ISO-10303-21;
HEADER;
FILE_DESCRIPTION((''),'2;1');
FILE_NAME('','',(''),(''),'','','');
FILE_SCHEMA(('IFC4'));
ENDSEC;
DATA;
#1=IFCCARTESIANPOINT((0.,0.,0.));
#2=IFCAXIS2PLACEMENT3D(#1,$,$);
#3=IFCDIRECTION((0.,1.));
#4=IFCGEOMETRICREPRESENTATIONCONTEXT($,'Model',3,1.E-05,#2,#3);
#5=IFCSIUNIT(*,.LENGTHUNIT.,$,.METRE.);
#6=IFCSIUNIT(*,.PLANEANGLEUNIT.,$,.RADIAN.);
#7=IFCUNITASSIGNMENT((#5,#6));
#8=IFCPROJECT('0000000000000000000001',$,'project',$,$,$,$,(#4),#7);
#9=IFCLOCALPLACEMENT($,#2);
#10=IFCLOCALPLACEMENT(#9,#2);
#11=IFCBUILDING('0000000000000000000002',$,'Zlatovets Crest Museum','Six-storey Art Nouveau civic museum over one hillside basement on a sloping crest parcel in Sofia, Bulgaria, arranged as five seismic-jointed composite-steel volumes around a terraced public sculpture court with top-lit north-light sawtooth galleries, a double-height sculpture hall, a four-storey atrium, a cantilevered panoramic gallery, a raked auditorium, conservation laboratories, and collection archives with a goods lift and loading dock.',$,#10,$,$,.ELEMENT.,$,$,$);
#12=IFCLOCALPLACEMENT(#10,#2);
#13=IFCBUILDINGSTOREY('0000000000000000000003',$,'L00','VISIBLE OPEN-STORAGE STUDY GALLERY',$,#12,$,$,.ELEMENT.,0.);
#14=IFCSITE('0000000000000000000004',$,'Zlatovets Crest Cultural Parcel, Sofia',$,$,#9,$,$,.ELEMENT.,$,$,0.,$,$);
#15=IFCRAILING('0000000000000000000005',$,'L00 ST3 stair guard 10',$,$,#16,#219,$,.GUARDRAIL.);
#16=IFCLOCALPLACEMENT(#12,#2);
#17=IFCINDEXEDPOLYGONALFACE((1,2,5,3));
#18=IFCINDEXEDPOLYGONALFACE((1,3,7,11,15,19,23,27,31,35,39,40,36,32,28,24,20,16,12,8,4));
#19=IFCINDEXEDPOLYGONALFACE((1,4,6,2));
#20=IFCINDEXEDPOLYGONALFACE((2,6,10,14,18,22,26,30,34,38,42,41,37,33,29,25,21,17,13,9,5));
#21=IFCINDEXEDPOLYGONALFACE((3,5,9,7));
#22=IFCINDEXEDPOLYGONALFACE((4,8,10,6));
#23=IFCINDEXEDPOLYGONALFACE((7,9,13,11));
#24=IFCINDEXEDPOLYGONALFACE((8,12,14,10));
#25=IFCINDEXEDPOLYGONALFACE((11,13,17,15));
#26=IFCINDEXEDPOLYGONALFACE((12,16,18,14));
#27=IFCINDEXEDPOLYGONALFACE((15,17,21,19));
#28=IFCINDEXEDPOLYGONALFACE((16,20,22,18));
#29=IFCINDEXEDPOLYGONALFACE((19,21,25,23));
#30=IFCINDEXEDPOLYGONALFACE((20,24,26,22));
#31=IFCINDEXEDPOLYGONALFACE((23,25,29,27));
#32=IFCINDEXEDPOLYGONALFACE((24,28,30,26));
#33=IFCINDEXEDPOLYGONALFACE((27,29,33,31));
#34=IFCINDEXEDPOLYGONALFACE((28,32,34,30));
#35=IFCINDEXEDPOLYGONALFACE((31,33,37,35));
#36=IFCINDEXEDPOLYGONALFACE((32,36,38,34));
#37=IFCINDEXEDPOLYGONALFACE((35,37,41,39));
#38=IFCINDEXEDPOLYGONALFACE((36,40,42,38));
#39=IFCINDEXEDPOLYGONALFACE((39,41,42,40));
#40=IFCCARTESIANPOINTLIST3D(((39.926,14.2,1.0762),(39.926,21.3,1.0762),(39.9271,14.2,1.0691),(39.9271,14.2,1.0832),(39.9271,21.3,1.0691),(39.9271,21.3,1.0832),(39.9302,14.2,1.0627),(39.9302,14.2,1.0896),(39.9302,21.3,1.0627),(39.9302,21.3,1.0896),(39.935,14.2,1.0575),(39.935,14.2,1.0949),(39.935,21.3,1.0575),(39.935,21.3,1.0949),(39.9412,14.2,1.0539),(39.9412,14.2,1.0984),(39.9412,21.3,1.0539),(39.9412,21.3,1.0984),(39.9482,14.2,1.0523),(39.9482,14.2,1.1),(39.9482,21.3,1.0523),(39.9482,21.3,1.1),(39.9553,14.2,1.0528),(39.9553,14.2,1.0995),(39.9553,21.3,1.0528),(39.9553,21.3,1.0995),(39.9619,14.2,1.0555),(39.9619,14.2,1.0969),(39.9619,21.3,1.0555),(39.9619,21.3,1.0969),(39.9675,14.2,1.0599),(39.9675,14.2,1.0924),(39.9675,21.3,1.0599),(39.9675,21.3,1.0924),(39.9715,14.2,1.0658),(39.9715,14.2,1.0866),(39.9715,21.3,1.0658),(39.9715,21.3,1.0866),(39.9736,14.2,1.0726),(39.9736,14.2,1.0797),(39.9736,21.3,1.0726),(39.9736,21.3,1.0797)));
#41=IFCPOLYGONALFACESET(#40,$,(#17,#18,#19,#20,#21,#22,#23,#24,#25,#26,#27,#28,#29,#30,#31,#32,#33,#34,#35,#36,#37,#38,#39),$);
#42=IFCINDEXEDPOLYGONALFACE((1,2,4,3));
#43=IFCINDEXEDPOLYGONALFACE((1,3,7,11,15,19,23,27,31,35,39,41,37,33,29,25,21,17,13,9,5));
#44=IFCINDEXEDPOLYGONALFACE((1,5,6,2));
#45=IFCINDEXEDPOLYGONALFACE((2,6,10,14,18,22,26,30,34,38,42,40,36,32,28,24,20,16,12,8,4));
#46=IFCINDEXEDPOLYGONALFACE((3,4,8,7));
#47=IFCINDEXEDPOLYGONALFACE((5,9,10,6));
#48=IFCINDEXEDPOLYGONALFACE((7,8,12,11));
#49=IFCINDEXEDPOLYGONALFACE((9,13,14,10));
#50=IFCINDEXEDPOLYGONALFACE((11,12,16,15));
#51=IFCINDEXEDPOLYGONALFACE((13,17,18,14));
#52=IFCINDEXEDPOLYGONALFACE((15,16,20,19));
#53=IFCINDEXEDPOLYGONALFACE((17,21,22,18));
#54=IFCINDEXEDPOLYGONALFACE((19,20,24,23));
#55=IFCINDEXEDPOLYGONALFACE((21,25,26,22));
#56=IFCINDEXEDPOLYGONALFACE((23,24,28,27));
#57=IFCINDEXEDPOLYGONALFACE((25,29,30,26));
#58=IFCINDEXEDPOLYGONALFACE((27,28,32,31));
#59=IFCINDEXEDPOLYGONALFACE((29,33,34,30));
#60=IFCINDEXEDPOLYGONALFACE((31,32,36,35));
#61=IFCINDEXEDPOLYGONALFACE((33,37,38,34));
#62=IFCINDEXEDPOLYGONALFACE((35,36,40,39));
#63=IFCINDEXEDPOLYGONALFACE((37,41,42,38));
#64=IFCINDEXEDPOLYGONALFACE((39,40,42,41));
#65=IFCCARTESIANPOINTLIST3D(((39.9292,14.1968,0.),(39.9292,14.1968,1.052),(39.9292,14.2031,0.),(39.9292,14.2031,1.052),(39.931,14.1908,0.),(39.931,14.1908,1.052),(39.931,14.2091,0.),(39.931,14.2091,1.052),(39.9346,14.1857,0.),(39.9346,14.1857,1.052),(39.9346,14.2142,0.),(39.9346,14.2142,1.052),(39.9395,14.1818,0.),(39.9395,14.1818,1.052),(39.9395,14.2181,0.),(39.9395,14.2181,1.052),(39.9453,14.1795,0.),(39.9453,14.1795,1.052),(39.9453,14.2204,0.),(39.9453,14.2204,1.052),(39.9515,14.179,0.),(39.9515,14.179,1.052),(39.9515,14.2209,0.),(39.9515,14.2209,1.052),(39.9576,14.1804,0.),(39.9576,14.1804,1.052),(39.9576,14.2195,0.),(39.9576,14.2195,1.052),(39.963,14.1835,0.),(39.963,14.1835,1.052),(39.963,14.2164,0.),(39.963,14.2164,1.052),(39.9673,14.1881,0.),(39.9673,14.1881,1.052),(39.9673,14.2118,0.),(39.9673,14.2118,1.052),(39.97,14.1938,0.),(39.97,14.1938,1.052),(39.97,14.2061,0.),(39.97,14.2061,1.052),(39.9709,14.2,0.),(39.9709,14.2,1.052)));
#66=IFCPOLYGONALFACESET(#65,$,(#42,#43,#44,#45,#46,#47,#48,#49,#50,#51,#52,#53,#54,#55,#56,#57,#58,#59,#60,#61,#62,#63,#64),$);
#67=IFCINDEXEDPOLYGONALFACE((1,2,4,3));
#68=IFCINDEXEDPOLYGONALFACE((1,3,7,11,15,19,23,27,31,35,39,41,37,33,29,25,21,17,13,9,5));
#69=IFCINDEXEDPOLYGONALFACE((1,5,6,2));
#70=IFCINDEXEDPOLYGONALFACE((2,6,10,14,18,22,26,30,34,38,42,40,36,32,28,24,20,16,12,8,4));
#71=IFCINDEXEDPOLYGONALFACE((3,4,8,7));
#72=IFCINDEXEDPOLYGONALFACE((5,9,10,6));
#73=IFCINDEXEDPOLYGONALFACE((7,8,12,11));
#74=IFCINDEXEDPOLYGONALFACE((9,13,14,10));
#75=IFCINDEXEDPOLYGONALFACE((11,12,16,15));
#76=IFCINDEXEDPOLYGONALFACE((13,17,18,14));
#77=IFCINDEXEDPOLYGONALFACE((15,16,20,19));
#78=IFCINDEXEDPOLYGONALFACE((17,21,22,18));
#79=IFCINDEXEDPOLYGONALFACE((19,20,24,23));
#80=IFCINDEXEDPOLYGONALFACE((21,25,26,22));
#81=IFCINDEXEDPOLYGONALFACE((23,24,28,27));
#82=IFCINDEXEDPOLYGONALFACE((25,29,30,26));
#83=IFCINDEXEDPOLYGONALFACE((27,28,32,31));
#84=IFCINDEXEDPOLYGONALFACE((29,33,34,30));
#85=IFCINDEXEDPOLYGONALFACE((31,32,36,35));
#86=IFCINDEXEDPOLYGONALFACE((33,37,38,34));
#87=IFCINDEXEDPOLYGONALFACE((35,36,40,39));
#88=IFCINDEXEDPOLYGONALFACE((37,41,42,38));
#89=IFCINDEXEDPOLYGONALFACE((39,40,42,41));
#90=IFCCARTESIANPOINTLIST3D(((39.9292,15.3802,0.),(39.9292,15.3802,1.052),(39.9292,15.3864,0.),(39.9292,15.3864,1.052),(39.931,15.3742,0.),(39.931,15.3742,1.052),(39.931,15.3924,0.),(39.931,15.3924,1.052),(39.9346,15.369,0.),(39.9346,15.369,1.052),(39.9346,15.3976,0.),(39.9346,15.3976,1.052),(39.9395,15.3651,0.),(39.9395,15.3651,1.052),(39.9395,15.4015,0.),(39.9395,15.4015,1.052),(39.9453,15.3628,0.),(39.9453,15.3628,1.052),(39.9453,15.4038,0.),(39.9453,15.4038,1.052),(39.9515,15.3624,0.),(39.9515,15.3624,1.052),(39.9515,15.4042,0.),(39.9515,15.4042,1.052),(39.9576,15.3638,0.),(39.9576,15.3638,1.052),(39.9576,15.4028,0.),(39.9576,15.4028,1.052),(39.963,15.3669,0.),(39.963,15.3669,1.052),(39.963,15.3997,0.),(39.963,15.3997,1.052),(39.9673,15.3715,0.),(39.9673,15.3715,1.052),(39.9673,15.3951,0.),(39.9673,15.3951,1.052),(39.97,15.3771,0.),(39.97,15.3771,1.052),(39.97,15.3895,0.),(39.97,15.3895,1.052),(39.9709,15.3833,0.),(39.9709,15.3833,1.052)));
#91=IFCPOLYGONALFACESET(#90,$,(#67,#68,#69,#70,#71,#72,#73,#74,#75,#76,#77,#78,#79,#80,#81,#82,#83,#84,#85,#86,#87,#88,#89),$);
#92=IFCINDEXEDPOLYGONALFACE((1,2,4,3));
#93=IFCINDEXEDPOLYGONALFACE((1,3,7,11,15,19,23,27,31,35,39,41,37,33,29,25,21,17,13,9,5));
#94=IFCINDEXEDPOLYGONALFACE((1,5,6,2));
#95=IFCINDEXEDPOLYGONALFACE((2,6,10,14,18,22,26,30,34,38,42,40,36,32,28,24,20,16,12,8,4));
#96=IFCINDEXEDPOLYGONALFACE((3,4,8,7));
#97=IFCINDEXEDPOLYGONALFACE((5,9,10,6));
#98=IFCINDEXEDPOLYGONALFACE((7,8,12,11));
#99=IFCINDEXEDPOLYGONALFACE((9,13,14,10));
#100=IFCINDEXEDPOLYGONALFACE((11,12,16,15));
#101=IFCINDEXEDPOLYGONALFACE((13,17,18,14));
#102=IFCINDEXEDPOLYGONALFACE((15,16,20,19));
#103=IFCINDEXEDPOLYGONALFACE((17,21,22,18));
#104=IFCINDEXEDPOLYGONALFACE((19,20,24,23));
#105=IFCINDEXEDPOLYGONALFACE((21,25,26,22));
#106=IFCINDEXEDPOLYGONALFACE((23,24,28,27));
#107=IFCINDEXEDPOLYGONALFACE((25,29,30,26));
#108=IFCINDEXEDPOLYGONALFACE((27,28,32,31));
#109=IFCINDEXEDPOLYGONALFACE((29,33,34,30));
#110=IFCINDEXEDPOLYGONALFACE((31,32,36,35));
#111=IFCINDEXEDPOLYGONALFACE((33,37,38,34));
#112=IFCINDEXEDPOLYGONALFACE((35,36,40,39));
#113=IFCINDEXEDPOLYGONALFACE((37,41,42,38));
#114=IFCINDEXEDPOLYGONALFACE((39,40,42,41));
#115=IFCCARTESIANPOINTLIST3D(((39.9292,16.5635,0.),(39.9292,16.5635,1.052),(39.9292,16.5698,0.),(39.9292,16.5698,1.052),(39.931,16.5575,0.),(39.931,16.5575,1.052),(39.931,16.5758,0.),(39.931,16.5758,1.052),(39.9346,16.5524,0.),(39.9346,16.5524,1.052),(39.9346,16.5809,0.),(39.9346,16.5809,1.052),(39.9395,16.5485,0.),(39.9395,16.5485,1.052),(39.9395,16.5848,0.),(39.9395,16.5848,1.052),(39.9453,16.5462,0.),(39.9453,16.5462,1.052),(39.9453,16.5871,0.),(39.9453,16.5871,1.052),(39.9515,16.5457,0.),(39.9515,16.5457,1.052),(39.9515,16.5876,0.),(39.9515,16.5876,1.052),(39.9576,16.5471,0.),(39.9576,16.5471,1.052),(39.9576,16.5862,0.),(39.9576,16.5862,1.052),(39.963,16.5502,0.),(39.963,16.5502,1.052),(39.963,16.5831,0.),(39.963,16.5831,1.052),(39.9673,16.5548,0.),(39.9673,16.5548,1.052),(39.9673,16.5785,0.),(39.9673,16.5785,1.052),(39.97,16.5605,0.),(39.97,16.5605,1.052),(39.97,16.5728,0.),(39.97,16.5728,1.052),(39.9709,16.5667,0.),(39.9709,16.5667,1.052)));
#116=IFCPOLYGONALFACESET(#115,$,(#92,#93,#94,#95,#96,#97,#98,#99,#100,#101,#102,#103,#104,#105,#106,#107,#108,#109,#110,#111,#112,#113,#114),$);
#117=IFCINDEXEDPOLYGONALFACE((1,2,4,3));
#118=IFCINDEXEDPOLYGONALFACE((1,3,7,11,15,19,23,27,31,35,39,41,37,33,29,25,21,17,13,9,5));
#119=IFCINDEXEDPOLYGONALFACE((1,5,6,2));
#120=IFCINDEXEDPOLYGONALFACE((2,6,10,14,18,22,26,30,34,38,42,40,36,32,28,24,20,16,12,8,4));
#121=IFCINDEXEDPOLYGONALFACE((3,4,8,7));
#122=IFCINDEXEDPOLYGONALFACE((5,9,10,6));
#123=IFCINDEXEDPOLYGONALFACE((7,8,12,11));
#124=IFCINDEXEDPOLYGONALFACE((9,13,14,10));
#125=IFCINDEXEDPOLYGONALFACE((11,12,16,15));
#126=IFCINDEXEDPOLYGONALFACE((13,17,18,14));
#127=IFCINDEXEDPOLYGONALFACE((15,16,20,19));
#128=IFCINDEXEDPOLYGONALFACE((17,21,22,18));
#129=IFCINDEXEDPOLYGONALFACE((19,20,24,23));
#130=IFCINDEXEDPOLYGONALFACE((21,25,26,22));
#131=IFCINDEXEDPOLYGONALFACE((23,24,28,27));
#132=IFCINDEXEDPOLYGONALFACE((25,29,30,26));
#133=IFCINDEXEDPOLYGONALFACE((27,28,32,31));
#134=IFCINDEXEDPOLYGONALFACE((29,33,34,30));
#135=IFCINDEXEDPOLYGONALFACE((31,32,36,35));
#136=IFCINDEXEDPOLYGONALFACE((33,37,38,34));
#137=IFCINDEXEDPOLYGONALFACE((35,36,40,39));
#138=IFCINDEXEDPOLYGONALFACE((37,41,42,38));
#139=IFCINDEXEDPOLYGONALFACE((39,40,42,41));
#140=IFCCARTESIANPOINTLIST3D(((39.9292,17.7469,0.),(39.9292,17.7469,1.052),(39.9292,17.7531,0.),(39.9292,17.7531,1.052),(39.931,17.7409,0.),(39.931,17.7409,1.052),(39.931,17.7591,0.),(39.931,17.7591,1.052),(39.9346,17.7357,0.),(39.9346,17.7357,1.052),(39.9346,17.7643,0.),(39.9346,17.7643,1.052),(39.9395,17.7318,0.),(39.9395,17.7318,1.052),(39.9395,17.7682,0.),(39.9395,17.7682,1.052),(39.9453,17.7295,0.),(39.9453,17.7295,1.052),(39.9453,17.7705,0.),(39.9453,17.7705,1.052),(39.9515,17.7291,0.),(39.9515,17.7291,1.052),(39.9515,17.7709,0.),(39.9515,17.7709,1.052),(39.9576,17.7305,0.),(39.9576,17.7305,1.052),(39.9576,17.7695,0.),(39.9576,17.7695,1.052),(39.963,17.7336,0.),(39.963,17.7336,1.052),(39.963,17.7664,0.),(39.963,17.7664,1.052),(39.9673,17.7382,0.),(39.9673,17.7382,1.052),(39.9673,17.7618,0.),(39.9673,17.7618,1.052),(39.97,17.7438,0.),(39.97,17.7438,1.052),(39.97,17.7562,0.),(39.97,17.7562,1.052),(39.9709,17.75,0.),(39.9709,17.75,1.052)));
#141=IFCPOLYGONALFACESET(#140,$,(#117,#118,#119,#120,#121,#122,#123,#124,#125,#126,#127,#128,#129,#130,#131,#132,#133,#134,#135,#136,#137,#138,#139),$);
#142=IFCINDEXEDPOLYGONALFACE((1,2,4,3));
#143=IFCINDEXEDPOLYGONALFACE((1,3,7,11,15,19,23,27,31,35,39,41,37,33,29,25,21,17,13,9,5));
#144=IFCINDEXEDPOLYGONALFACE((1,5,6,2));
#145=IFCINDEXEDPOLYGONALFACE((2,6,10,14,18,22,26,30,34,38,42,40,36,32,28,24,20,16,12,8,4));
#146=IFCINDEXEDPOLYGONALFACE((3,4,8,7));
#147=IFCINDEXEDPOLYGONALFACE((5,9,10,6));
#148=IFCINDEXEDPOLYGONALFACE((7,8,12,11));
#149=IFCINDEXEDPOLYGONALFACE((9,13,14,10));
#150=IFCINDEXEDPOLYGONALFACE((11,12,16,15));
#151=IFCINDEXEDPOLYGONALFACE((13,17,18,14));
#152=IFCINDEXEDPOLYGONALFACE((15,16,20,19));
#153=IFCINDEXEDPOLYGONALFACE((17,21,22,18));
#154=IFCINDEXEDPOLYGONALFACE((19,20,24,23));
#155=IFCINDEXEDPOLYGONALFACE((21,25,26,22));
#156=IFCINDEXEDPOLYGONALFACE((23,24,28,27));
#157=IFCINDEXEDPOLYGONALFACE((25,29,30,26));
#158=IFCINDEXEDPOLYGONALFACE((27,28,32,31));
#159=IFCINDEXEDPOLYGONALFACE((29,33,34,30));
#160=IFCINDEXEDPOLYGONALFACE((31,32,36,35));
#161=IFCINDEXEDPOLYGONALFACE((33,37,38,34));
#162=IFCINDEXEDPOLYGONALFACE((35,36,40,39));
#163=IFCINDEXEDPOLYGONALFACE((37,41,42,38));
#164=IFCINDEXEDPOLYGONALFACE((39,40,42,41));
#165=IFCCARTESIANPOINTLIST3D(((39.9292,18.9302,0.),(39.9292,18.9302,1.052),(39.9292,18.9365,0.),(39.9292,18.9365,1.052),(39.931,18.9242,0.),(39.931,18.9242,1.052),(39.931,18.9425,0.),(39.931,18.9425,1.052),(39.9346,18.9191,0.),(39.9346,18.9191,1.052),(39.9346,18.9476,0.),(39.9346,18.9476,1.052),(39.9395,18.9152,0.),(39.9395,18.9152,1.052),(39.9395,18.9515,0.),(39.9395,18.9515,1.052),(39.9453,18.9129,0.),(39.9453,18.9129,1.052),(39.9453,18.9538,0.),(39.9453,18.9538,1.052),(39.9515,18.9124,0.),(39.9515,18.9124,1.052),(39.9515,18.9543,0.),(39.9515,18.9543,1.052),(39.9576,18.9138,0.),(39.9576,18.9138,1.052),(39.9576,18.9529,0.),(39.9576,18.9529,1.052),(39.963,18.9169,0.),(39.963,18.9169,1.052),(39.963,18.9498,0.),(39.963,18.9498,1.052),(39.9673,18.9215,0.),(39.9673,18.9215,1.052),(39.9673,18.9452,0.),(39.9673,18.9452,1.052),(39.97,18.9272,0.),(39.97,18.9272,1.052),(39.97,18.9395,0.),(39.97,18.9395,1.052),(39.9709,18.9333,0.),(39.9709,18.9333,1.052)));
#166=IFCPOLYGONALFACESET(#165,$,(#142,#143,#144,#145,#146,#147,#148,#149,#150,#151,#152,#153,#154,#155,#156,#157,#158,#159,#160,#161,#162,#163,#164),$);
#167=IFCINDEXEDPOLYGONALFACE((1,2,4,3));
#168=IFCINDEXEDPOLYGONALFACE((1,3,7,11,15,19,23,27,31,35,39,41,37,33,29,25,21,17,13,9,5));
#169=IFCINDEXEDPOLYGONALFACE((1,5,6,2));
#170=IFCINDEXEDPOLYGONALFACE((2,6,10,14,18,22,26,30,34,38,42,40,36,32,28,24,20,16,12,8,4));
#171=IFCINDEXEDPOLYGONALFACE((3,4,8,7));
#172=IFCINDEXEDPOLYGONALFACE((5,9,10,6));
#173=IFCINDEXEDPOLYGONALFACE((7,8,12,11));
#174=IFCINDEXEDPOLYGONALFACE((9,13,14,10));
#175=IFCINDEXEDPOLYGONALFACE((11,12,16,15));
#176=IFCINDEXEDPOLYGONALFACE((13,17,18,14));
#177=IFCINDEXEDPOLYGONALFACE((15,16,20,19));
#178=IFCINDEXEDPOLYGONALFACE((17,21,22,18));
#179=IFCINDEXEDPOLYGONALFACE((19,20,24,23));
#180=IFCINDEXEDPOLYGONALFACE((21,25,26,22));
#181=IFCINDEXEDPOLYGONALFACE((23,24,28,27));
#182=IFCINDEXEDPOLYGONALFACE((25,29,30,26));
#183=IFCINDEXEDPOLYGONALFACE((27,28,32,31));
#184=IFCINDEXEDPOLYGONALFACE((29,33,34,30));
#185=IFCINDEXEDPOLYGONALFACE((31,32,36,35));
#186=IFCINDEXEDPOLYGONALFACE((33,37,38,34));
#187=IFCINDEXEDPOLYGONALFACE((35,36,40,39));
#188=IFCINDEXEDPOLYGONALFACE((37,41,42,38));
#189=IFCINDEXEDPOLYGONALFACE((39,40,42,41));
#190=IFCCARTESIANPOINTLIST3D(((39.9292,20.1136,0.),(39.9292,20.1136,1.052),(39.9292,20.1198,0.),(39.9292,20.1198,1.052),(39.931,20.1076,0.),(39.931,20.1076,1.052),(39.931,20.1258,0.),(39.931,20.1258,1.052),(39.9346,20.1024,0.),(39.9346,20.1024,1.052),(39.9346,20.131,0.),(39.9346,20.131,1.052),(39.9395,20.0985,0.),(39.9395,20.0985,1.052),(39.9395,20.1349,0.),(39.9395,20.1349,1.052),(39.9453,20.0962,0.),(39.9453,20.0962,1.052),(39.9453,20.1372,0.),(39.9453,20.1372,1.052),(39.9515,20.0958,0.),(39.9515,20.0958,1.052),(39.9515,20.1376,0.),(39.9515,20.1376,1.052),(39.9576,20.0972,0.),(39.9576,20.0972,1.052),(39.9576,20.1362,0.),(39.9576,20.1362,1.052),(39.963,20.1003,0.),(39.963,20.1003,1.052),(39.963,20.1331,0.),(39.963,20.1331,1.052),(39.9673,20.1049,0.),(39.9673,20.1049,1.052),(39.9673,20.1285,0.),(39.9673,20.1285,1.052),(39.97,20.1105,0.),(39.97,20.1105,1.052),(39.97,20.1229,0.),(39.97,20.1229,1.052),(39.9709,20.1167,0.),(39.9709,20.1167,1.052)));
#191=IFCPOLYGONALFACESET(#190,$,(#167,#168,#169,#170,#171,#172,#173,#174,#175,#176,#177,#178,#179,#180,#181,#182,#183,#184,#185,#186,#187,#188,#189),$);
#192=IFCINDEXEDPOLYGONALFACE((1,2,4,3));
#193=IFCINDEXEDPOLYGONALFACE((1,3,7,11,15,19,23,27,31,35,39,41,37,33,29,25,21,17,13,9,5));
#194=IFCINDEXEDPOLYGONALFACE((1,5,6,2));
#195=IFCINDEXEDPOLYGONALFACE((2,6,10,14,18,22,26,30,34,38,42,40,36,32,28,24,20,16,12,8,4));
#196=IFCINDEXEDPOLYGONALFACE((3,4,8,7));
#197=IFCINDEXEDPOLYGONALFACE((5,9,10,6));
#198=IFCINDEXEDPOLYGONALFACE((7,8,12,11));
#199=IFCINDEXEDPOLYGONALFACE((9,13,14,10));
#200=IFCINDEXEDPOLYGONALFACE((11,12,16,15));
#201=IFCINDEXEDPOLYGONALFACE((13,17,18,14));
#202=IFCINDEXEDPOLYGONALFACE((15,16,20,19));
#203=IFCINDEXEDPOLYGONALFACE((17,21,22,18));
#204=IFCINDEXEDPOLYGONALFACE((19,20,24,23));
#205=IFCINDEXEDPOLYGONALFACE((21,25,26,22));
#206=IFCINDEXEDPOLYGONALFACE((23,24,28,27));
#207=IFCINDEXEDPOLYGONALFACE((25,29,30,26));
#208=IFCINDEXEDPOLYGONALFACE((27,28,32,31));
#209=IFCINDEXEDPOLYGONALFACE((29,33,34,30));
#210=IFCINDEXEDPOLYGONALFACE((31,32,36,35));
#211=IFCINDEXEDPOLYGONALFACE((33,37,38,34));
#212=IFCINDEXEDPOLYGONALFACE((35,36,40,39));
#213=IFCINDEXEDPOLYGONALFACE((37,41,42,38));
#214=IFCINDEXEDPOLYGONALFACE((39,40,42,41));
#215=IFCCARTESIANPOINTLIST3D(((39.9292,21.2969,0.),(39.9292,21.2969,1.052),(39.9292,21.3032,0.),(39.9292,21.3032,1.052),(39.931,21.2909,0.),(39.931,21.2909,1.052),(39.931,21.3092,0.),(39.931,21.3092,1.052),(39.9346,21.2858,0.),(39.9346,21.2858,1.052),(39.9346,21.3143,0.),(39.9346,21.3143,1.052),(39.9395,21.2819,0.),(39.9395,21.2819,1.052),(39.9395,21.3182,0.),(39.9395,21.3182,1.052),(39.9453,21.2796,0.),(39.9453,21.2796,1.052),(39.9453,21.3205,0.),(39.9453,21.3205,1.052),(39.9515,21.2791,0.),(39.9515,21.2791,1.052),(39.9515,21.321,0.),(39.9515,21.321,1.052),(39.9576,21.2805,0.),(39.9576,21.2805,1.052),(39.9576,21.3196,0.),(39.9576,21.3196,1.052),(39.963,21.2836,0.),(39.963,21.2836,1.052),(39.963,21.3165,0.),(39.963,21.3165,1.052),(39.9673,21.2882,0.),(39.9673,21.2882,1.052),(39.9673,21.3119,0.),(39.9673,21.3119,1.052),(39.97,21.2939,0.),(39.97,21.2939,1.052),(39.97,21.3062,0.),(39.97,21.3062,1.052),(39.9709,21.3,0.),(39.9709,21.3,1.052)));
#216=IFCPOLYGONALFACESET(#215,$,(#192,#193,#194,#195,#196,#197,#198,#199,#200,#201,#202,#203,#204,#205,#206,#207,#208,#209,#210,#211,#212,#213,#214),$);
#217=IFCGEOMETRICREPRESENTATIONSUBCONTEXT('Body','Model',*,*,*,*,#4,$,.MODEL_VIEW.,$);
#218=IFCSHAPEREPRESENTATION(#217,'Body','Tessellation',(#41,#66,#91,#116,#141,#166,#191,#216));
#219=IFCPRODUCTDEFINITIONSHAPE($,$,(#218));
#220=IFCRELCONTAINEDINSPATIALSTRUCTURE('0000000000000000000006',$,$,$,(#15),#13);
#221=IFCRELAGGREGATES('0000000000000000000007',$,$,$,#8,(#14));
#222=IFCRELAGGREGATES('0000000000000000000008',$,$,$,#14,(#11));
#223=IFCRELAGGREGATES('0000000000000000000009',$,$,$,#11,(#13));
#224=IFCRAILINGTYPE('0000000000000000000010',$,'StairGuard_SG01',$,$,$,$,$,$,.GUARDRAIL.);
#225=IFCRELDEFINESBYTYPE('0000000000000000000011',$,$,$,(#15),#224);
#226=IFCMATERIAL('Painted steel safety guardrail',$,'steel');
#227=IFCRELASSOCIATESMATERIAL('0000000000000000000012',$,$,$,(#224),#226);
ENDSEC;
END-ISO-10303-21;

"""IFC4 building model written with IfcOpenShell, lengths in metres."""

from ifc_helpers import new_model, si_unit, direction, frame, origin, origin_2d, place, context, subcontext, project, spatial, circle, extrude, material, type_object, element, save


model = new_model("IFC4")

# Units and contexts
model_context = context("Model", 3, precision=1e-05, world=origin(), true_north=direction((0.0, 1.0)))
body_context = subcontext(model_context, "Body", "Model", "MODEL_VIEW")
ifc_project = project(units=[si_unit("LENGTHUNIT", "METRE"), si_unit("PLANEANGLEUNIT", "RADIAN")], contexts=[model_context])

# Site, building, storey
site_placement = place(None, origin())
site = spatial("IfcSite", under=ifc_project, at=site_placement, Name="Zlatovets Crest Cultural Parcel, Sofia", CompositionType="ELEMENT", RefElevation=0.0)
building_placement = place(site_placement, origin())
building = spatial("IfcBuilding", under=site, at=building_placement, Name="Zlatovets Crest Museum", Description="Six-storey Art Nouveau civic museum over one hillside basement on a sloping crest parcel in Sofia, Bulgaria, arranged as five seismic-jointed composite-steel volumes around a terraced public sculpture court with top-lit north-light sawtooth galleries, a double-height sculpture hall, a four-storey atrium, a cantilevered panoramic gallery, a raked auditorium, conservation laboratories, and collection archives with a goods lift and loading dock.", CompositionType="ELEMENT")
storey_placement = place(building_placement, origin())
storey = spatial("IfcBuildingStorey", under=building, at=storey_placement, Name="L00", Description="VISIBLE OPEN-STORAGE STUDY GALLERY", CompositionType="ELEMENT", Elevation=0.0)

# Railing
ifc_material_1 = material(Name="Painted steel safety guardrail", Category="steel")
railing_type_1 = type_object("IfcRailingType", Name="StairGuard_SG01", PredefinedType="GUARDRAIL", material=ifc_material_1)
railing_1_placement = place(storey_placement, frame((39.95, 14.2, 0.0)))
element("IfcRailing", 1, at=railing_1_placement, inside=storey, type_object=railing_type_1, Name="L00 ST3 stair guard 10", PredefinedType="GUARDRAIL", context=body_context, shape_type="SweptSolid", body=[
    extrude(circle(Radius=0.0239, at=origin_2d()), frame((0.0, 0.0, 1.0762), z_axis=(0.0, 1.0, 0.0), x_axis=(-1.0, 0.0, 0.0)), (0.0, 0.0, 1.0), 7.1001),
    extrude(circle(Radius=0.021, at=origin_2d()), origin(), (0.0, 0.0, 1.0), 1.052),
    extrude(circle(Radius=0.021, at=origin_2d()), frame((0.0, 1.1833, 0.0)), (0.0, 0.0, 1.0), 1.052),
    extrude(circle(Radius=0.021, at=origin_2d()), frame((0.0, 2.3667, 0.0)), (0.0, 0.0, 1.0), 1.052),
    extrude(circle(Radius=0.021, at=origin_2d()), frame((0.0, 3.55, 0.0)), (0.0, 0.0, 1.0), 1.052),
    extrude(circle(Radius=0.021, at=origin_2d()), frame((0.0, 4.7334, 0.0)), (0.0, 0.0, 1.0), 1.052),
    extrude(circle(Radius=0.021, at=origin_2d()), frame((0.0, 5.9167, 0.0)), (0.0, 0.0, 1.0), 1.052),
    extrude(circle(Radius=0.021, at=origin_2d()), frame((0.0, 7.1001, 0.0)), (0.0, 0.0, 1.0), 1.052),
])

save(model, "model.ifc")
